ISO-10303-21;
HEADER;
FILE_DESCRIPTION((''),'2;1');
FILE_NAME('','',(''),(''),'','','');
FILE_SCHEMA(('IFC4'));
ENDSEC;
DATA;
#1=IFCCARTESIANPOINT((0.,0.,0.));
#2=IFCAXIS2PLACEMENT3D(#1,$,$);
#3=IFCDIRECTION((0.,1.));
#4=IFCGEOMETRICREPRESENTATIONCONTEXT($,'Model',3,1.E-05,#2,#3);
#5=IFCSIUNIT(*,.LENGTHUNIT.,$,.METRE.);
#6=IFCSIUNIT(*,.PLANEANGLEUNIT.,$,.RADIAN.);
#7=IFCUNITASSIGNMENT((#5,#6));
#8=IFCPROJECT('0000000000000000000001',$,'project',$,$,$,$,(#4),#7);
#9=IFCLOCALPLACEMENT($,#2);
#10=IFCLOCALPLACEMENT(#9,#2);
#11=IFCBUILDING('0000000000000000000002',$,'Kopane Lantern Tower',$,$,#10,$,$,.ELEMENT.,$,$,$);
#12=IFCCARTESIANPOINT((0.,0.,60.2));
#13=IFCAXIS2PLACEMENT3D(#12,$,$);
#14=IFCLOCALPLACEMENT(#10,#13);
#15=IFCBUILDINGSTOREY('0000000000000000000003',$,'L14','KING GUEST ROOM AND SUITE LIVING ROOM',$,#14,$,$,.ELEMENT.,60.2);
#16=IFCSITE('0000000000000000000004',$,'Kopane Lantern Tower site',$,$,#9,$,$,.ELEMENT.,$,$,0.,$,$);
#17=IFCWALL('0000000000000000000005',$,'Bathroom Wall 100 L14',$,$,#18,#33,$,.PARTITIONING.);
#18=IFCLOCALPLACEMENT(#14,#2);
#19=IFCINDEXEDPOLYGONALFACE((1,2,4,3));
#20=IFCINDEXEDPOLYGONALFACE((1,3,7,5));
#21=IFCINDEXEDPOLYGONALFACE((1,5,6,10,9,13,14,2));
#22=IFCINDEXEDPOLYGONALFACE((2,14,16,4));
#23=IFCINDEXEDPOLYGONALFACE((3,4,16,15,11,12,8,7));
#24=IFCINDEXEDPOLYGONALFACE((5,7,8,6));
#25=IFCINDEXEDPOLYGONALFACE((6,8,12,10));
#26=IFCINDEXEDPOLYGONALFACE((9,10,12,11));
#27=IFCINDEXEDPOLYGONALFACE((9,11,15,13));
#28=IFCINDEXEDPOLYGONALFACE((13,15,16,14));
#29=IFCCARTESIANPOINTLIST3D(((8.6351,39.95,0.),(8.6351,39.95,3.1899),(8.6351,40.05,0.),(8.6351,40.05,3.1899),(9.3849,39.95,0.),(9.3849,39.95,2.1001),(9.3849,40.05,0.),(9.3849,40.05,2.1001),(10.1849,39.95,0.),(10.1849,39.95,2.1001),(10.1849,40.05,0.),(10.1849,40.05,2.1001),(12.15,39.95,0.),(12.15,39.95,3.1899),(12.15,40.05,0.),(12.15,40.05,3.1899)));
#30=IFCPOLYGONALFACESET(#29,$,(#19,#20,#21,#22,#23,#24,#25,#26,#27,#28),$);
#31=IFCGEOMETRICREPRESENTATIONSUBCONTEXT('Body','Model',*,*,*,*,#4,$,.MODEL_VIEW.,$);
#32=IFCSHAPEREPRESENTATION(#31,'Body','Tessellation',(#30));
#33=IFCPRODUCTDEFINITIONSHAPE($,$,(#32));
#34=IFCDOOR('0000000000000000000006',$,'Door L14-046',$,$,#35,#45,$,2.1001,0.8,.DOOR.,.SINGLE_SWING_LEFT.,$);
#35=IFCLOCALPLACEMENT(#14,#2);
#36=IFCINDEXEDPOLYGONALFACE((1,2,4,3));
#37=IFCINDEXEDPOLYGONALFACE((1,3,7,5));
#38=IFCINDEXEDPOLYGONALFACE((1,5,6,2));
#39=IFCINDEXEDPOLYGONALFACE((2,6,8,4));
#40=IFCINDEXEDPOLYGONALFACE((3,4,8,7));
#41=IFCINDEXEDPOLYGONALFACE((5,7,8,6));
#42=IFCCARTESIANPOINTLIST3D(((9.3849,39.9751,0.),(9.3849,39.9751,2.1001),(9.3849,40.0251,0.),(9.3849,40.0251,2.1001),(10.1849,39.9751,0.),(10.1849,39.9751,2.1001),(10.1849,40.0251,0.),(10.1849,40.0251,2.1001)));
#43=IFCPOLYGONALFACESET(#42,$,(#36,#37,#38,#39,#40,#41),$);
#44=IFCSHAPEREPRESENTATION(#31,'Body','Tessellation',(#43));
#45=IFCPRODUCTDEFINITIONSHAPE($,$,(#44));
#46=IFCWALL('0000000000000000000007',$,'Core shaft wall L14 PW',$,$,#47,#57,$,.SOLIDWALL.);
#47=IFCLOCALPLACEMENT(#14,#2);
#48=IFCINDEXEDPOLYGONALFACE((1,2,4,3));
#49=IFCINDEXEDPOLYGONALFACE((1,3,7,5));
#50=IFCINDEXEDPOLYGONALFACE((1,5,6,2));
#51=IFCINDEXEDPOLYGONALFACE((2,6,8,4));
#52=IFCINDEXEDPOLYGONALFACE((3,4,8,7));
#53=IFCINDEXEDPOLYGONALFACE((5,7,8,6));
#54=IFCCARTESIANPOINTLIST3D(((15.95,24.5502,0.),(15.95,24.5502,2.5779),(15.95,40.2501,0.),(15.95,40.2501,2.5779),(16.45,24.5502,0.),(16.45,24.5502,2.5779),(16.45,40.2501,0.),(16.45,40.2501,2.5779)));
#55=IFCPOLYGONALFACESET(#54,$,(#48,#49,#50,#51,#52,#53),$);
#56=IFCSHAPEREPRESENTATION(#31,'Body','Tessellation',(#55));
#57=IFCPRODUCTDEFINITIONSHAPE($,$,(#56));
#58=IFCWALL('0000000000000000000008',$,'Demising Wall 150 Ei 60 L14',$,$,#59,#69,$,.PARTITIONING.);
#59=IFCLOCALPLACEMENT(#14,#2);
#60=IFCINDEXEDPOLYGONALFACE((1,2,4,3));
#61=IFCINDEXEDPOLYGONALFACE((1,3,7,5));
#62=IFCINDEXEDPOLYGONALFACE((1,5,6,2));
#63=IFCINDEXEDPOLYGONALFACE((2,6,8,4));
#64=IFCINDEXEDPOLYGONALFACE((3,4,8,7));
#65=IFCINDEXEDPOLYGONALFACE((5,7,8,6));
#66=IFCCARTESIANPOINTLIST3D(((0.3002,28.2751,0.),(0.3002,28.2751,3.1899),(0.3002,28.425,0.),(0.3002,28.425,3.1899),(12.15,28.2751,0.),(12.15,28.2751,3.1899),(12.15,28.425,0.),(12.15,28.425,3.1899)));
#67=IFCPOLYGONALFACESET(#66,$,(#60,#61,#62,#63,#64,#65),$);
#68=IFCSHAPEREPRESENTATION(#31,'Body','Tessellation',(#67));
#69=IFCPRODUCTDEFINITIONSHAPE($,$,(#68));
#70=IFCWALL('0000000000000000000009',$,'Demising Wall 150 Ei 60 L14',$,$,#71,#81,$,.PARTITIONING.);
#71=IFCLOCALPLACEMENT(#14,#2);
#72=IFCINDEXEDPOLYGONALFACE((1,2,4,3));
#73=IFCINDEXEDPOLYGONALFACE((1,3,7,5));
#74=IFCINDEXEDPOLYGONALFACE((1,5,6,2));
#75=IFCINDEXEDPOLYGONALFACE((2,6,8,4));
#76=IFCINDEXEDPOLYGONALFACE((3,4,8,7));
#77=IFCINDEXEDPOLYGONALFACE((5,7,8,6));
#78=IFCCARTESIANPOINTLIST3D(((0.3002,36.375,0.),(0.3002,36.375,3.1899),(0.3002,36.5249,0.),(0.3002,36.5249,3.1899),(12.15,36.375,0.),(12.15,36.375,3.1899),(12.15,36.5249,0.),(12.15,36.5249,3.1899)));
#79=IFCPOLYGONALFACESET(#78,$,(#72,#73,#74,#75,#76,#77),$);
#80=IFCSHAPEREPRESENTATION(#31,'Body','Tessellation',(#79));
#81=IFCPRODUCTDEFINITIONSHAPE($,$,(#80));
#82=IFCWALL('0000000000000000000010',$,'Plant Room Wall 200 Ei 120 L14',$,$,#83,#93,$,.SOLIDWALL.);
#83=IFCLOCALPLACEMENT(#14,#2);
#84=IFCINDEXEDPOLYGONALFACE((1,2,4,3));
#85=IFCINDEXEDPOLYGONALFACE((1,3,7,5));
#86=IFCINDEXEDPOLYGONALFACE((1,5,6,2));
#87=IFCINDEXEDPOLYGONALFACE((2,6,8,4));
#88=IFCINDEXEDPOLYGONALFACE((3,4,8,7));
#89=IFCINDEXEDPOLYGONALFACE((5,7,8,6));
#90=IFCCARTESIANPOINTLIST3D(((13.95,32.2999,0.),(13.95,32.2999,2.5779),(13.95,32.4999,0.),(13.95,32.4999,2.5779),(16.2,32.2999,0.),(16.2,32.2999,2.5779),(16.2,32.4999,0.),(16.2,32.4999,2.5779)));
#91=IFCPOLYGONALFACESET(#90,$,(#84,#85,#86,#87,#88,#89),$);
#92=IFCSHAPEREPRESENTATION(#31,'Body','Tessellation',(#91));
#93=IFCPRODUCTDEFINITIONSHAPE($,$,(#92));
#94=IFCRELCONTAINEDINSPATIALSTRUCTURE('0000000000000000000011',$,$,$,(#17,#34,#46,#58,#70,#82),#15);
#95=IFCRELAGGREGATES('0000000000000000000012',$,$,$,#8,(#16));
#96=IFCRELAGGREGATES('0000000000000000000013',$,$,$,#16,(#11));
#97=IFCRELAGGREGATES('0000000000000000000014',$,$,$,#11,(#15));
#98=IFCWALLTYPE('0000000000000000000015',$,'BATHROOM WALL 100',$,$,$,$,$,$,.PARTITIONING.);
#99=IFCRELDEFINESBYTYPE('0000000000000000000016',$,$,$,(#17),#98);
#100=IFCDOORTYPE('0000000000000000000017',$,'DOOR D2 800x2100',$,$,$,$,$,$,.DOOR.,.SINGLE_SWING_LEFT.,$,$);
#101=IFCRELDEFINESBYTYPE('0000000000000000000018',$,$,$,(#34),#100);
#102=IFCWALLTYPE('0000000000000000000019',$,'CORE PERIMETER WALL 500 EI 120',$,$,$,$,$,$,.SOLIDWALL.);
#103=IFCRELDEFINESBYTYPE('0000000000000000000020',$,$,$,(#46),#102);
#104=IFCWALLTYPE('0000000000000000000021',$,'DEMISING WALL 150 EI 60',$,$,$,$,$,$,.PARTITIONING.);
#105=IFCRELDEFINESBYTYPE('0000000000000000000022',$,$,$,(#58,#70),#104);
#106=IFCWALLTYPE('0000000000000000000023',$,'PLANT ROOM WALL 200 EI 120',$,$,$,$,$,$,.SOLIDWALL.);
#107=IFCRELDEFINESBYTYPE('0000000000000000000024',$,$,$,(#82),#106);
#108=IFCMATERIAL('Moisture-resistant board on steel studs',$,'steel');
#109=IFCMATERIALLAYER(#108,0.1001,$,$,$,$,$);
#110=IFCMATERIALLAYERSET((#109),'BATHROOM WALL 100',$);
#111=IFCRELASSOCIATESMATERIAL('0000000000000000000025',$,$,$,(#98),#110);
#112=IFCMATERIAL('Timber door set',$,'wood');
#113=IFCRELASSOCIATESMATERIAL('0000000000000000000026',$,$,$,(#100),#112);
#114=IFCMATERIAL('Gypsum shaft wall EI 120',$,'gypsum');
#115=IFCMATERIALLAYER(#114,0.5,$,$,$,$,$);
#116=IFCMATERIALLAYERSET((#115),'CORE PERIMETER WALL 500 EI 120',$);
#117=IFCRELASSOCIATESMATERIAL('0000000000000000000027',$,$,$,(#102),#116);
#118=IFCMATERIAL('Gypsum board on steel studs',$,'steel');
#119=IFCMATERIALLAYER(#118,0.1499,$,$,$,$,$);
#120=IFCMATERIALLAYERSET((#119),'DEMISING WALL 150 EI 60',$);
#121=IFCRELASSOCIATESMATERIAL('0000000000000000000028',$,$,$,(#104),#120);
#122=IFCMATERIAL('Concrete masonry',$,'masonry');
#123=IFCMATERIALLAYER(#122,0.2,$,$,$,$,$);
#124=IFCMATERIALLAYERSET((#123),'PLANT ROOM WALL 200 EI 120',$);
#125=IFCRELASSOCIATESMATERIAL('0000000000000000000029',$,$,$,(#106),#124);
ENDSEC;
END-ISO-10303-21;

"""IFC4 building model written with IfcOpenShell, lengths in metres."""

from ifc_helpers import new_model, si_unit, direction, frame, frame_2d, origin, place, context, subcontext, project, spatial, rectangle, extrude, material, layer, layer_set, type_object, element, fill, save


model = new_model("IFC4")

# Units and contexts
model_context = context("Model", 3, precision=1e-05, world=origin(), true_north=direction((0.0, 1.0)))
body_context = subcontext(model_context, "Body", "Model", "MODEL_VIEW")
ifc_project = project(units=[si_unit("LENGTHUNIT", "METRE"), si_unit("PLANEANGLEUNIT", "RADIAN")], contexts=[model_context])

# Site, building, storey
site_placement = place(None, origin())
site = spatial("IfcSite", under=ifc_project, at=site_placement, Name="Kopane Lantern Tower site", CompositionType="ELEMENT", RefElevation=0.0)
building_placement = place(site_placement, origin())
building = spatial("IfcBuilding", under=site, at=building_placement, Name="Kopane Lantern Tower", CompositionType="ELEMENT")
storey_placement = place(building_placement, frame((0.0, 0.0, 60.2)))
storey = spatial("IfcBuildingStorey", under=building, at=storey_placement, Name="L14", Description="KING GUEST ROOM AND SUITE LIVING ROOM", CompositionType="ELEMENT", Elevation=60.2)

# Shared definitions
ifc_material_1 = material(Name="Moisture-resistant board on steel studs", Category="steel")
ifc_layer_1 = layer(ifc_material_1, 0.1001)
ifc_layer_set_1 = layer_set([ifc_layer_1], Name="BATHROOM WALL 100")
wall_type_1 = type_object("IfcWallType", Name="BATHROOM WALL 100", PredefinedType="PARTITIONING", material=ifc_layer_set_1)
ifc_material_2 = material(Name="Timber door set", Category="wood")
door_type = type_object("IfcDoorType", Name="DOOR D2 800x2100", OperationType="SINGLE_SWING_LEFT", PredefinedType="DOOR", material=ifc_material_2)

# Wall, opening, door
wall_1_placement = place(storey_placement, frame((12.1499, 40.0, 0.0), z_axis=(0.0, 0.0, 1.0), x_axis=(-1.0, 0.0, 0.0)))
wall_1 = element("IfcWall", 1, at=wall_1_placement, inside=storey, type_object=wall_type_1, Name="Bathroom Wall 100 L14", PredefinedType="PARTITIONING", context=body_context, shape_type="SweptSolid", body=[
    extrude(rectangle(XDim=3.5149, YDim=0.1001, at=frame_2d((1.7573, 0.0))), origin(), (0.0, 0.0, 1.0), 3.1899),
])
opening_1_placement = place(wall_1_placement, frame((1.9651, 0.0, 0.0)))
opening_1 = element("IfcOpeningElement", 2, at=opening_1_placement, cuts=wall_1, PredefinedType="OPENING", context=body_context, shape_type="SweptSolid", body=[
    extrude(rectangle(XDim=0.8, YDim=2.1001, at=frame_2d((0.3999, 1.05))), frame((0.0, 0.0601, 0.0), z_axis=(0.0, -1.0, 0.0), x_axis=(1.0, 0.0, 0.0)), (0.0, 0.0, 1.0), 0.1201),
])
door_1_placement = place(opening_1_placement, origin())
door_1 = element("IfcDoor", 3, at=door_1_placement, inside=storey, type_object=door_type, Name="Door L14-046", OperationType="SINGLE_SWING_LEFT", OverallHeight=2.1001, OverallWidth=0.8, PredefinedType="DOOR", context=body_context, shape_type="SweptSolid", body=[
    extrude(rectangle(XDim=0.8, YDim=2.1001, at=frame_2d((0.3999, 1.05))), frame((0.0, 0.0249, 0.0), z_axis=(0.0, -1.0, 0.0), x_axis=(1.0, 0.0, 0.0)), (0.0, 0.0, 1.0), 0.05),
])
fill(opening_1, door_1)

# Walls
ifc_material_3 = material(Name="Gypsum shaft wall EI 120", Category="gypsum")
ifc_layer_2 = layer(ifc_material_3, 0.5)
ifc_layer_set_2 = layer_set([ifc_layer_2], Name="CORE PERIMETER WALL 500 EI 120")
wall_type_2 = type_object("IfcWallType", Name="CORE PERIMETER WALL 500 EI 120", PredefinedType="SOLIDWALL", material=ifc_layer_set_2)
wall_2_placement = place(storey_placement, frame((16.2, 24.55, 0.0), z_axis=(0.0, 0.0, 1.0), x_axis=(0.0, 1.0, 0.0)))
element("IfcWall", 4, at=wall_2_placement, inside=storey, type_object=wall_type_2, Name="Core shaft wall L14 PW", PredefinedType="SOLIDWALL", context=body_context, shape_type="SweptSolid", body=[
    extrude(rectangle(XDim=15.7, YDim=0.5, at=frame_2d((7.8501, 0.0))), origin(), (0.0, 0.0, 1.0), 2.5779),
])
ifc_material_4 = material(Name="Gypsum board on steel studs", Category="steel")
ifc_layer_3 = layer(ifc_material_4, 0.1499)
ifc_layer_set_3 = layer_set([ifc_layer_3], Name="DEMISING WALL 150 EI 60")
wall_type_3 = type_object("IfcWallType", Name="DEMISING WALL 150 EI 60", PredefinedType="PARTITIONING", material=ifc_layer_set_3)
for number, where, z_axis, x_axis, name in (
    (5, (12.1499, 28.3501, 0.0), (0.0, 0.0, 1.0), (-1.0, 0.0, 0.0), "Demising Wall 150 Ei 60 L14"),
    (6, (12.1499, 36.45, 0.0), (0.0, 0.0, 1.0), (-1.0, 0.0, 0.0), "Demising Wall 150 Ei 60 L14"),
):
    element("IfcWall", number, at=place(storey_placement, frame(where, z_axis=z_axis, x_axis=x_axis)), inside=storey, type_object=wall_type_3, Name=name, PredefinedType="PARTITIONING", context=body_context, shape_type="SweptSolid", body=[
        extrude(rectangle(XDim=11.8499, YDim=0.1499, at=frame_2d((5.9248, 0.0))), origin(), (0.0, 0.0, 1.0), 3.1899),
    ])
ifc_material_5 = material(Name="Concrete masonry", Category="masonry")
ifc_layer_4 = layer(ifc_material_5, 0.2)
ifc_layer_set_4 = layer_set([ifc_layer_4], Name="PLANT ROOM WALL 200 EI 120")
wall_type_4 = type_object("IfcWallType", Name="PLANT ROOM WALL 200 EI 120", PredefinedType="SOLIDWALL", material=ifc_layer_set_4)
wall_3_placement = place(storey_placement, frame((13.95, 32.3999, 0.0), z_axis=(0.0, 0.0, 1.0), x_axis=(1.0, 0.0, 0.0)))
element("IfcWall", 7, at=wall_3_placement, inside=storey, type_object=wall_type_4, Name="Plant Room Wall 200 Ei 120 L14", PredefinedType="SOLIDWALL", context=body_context, shape_type="SweptSolid", body=[
    extrude(rectangle(XDim=2.25, YDim=0.2, at=frame_2d((1.125, 0.0))), origin(), (0.0, 0.0, 1.0), 2.5779),
])

save(model, "model.ifc")
